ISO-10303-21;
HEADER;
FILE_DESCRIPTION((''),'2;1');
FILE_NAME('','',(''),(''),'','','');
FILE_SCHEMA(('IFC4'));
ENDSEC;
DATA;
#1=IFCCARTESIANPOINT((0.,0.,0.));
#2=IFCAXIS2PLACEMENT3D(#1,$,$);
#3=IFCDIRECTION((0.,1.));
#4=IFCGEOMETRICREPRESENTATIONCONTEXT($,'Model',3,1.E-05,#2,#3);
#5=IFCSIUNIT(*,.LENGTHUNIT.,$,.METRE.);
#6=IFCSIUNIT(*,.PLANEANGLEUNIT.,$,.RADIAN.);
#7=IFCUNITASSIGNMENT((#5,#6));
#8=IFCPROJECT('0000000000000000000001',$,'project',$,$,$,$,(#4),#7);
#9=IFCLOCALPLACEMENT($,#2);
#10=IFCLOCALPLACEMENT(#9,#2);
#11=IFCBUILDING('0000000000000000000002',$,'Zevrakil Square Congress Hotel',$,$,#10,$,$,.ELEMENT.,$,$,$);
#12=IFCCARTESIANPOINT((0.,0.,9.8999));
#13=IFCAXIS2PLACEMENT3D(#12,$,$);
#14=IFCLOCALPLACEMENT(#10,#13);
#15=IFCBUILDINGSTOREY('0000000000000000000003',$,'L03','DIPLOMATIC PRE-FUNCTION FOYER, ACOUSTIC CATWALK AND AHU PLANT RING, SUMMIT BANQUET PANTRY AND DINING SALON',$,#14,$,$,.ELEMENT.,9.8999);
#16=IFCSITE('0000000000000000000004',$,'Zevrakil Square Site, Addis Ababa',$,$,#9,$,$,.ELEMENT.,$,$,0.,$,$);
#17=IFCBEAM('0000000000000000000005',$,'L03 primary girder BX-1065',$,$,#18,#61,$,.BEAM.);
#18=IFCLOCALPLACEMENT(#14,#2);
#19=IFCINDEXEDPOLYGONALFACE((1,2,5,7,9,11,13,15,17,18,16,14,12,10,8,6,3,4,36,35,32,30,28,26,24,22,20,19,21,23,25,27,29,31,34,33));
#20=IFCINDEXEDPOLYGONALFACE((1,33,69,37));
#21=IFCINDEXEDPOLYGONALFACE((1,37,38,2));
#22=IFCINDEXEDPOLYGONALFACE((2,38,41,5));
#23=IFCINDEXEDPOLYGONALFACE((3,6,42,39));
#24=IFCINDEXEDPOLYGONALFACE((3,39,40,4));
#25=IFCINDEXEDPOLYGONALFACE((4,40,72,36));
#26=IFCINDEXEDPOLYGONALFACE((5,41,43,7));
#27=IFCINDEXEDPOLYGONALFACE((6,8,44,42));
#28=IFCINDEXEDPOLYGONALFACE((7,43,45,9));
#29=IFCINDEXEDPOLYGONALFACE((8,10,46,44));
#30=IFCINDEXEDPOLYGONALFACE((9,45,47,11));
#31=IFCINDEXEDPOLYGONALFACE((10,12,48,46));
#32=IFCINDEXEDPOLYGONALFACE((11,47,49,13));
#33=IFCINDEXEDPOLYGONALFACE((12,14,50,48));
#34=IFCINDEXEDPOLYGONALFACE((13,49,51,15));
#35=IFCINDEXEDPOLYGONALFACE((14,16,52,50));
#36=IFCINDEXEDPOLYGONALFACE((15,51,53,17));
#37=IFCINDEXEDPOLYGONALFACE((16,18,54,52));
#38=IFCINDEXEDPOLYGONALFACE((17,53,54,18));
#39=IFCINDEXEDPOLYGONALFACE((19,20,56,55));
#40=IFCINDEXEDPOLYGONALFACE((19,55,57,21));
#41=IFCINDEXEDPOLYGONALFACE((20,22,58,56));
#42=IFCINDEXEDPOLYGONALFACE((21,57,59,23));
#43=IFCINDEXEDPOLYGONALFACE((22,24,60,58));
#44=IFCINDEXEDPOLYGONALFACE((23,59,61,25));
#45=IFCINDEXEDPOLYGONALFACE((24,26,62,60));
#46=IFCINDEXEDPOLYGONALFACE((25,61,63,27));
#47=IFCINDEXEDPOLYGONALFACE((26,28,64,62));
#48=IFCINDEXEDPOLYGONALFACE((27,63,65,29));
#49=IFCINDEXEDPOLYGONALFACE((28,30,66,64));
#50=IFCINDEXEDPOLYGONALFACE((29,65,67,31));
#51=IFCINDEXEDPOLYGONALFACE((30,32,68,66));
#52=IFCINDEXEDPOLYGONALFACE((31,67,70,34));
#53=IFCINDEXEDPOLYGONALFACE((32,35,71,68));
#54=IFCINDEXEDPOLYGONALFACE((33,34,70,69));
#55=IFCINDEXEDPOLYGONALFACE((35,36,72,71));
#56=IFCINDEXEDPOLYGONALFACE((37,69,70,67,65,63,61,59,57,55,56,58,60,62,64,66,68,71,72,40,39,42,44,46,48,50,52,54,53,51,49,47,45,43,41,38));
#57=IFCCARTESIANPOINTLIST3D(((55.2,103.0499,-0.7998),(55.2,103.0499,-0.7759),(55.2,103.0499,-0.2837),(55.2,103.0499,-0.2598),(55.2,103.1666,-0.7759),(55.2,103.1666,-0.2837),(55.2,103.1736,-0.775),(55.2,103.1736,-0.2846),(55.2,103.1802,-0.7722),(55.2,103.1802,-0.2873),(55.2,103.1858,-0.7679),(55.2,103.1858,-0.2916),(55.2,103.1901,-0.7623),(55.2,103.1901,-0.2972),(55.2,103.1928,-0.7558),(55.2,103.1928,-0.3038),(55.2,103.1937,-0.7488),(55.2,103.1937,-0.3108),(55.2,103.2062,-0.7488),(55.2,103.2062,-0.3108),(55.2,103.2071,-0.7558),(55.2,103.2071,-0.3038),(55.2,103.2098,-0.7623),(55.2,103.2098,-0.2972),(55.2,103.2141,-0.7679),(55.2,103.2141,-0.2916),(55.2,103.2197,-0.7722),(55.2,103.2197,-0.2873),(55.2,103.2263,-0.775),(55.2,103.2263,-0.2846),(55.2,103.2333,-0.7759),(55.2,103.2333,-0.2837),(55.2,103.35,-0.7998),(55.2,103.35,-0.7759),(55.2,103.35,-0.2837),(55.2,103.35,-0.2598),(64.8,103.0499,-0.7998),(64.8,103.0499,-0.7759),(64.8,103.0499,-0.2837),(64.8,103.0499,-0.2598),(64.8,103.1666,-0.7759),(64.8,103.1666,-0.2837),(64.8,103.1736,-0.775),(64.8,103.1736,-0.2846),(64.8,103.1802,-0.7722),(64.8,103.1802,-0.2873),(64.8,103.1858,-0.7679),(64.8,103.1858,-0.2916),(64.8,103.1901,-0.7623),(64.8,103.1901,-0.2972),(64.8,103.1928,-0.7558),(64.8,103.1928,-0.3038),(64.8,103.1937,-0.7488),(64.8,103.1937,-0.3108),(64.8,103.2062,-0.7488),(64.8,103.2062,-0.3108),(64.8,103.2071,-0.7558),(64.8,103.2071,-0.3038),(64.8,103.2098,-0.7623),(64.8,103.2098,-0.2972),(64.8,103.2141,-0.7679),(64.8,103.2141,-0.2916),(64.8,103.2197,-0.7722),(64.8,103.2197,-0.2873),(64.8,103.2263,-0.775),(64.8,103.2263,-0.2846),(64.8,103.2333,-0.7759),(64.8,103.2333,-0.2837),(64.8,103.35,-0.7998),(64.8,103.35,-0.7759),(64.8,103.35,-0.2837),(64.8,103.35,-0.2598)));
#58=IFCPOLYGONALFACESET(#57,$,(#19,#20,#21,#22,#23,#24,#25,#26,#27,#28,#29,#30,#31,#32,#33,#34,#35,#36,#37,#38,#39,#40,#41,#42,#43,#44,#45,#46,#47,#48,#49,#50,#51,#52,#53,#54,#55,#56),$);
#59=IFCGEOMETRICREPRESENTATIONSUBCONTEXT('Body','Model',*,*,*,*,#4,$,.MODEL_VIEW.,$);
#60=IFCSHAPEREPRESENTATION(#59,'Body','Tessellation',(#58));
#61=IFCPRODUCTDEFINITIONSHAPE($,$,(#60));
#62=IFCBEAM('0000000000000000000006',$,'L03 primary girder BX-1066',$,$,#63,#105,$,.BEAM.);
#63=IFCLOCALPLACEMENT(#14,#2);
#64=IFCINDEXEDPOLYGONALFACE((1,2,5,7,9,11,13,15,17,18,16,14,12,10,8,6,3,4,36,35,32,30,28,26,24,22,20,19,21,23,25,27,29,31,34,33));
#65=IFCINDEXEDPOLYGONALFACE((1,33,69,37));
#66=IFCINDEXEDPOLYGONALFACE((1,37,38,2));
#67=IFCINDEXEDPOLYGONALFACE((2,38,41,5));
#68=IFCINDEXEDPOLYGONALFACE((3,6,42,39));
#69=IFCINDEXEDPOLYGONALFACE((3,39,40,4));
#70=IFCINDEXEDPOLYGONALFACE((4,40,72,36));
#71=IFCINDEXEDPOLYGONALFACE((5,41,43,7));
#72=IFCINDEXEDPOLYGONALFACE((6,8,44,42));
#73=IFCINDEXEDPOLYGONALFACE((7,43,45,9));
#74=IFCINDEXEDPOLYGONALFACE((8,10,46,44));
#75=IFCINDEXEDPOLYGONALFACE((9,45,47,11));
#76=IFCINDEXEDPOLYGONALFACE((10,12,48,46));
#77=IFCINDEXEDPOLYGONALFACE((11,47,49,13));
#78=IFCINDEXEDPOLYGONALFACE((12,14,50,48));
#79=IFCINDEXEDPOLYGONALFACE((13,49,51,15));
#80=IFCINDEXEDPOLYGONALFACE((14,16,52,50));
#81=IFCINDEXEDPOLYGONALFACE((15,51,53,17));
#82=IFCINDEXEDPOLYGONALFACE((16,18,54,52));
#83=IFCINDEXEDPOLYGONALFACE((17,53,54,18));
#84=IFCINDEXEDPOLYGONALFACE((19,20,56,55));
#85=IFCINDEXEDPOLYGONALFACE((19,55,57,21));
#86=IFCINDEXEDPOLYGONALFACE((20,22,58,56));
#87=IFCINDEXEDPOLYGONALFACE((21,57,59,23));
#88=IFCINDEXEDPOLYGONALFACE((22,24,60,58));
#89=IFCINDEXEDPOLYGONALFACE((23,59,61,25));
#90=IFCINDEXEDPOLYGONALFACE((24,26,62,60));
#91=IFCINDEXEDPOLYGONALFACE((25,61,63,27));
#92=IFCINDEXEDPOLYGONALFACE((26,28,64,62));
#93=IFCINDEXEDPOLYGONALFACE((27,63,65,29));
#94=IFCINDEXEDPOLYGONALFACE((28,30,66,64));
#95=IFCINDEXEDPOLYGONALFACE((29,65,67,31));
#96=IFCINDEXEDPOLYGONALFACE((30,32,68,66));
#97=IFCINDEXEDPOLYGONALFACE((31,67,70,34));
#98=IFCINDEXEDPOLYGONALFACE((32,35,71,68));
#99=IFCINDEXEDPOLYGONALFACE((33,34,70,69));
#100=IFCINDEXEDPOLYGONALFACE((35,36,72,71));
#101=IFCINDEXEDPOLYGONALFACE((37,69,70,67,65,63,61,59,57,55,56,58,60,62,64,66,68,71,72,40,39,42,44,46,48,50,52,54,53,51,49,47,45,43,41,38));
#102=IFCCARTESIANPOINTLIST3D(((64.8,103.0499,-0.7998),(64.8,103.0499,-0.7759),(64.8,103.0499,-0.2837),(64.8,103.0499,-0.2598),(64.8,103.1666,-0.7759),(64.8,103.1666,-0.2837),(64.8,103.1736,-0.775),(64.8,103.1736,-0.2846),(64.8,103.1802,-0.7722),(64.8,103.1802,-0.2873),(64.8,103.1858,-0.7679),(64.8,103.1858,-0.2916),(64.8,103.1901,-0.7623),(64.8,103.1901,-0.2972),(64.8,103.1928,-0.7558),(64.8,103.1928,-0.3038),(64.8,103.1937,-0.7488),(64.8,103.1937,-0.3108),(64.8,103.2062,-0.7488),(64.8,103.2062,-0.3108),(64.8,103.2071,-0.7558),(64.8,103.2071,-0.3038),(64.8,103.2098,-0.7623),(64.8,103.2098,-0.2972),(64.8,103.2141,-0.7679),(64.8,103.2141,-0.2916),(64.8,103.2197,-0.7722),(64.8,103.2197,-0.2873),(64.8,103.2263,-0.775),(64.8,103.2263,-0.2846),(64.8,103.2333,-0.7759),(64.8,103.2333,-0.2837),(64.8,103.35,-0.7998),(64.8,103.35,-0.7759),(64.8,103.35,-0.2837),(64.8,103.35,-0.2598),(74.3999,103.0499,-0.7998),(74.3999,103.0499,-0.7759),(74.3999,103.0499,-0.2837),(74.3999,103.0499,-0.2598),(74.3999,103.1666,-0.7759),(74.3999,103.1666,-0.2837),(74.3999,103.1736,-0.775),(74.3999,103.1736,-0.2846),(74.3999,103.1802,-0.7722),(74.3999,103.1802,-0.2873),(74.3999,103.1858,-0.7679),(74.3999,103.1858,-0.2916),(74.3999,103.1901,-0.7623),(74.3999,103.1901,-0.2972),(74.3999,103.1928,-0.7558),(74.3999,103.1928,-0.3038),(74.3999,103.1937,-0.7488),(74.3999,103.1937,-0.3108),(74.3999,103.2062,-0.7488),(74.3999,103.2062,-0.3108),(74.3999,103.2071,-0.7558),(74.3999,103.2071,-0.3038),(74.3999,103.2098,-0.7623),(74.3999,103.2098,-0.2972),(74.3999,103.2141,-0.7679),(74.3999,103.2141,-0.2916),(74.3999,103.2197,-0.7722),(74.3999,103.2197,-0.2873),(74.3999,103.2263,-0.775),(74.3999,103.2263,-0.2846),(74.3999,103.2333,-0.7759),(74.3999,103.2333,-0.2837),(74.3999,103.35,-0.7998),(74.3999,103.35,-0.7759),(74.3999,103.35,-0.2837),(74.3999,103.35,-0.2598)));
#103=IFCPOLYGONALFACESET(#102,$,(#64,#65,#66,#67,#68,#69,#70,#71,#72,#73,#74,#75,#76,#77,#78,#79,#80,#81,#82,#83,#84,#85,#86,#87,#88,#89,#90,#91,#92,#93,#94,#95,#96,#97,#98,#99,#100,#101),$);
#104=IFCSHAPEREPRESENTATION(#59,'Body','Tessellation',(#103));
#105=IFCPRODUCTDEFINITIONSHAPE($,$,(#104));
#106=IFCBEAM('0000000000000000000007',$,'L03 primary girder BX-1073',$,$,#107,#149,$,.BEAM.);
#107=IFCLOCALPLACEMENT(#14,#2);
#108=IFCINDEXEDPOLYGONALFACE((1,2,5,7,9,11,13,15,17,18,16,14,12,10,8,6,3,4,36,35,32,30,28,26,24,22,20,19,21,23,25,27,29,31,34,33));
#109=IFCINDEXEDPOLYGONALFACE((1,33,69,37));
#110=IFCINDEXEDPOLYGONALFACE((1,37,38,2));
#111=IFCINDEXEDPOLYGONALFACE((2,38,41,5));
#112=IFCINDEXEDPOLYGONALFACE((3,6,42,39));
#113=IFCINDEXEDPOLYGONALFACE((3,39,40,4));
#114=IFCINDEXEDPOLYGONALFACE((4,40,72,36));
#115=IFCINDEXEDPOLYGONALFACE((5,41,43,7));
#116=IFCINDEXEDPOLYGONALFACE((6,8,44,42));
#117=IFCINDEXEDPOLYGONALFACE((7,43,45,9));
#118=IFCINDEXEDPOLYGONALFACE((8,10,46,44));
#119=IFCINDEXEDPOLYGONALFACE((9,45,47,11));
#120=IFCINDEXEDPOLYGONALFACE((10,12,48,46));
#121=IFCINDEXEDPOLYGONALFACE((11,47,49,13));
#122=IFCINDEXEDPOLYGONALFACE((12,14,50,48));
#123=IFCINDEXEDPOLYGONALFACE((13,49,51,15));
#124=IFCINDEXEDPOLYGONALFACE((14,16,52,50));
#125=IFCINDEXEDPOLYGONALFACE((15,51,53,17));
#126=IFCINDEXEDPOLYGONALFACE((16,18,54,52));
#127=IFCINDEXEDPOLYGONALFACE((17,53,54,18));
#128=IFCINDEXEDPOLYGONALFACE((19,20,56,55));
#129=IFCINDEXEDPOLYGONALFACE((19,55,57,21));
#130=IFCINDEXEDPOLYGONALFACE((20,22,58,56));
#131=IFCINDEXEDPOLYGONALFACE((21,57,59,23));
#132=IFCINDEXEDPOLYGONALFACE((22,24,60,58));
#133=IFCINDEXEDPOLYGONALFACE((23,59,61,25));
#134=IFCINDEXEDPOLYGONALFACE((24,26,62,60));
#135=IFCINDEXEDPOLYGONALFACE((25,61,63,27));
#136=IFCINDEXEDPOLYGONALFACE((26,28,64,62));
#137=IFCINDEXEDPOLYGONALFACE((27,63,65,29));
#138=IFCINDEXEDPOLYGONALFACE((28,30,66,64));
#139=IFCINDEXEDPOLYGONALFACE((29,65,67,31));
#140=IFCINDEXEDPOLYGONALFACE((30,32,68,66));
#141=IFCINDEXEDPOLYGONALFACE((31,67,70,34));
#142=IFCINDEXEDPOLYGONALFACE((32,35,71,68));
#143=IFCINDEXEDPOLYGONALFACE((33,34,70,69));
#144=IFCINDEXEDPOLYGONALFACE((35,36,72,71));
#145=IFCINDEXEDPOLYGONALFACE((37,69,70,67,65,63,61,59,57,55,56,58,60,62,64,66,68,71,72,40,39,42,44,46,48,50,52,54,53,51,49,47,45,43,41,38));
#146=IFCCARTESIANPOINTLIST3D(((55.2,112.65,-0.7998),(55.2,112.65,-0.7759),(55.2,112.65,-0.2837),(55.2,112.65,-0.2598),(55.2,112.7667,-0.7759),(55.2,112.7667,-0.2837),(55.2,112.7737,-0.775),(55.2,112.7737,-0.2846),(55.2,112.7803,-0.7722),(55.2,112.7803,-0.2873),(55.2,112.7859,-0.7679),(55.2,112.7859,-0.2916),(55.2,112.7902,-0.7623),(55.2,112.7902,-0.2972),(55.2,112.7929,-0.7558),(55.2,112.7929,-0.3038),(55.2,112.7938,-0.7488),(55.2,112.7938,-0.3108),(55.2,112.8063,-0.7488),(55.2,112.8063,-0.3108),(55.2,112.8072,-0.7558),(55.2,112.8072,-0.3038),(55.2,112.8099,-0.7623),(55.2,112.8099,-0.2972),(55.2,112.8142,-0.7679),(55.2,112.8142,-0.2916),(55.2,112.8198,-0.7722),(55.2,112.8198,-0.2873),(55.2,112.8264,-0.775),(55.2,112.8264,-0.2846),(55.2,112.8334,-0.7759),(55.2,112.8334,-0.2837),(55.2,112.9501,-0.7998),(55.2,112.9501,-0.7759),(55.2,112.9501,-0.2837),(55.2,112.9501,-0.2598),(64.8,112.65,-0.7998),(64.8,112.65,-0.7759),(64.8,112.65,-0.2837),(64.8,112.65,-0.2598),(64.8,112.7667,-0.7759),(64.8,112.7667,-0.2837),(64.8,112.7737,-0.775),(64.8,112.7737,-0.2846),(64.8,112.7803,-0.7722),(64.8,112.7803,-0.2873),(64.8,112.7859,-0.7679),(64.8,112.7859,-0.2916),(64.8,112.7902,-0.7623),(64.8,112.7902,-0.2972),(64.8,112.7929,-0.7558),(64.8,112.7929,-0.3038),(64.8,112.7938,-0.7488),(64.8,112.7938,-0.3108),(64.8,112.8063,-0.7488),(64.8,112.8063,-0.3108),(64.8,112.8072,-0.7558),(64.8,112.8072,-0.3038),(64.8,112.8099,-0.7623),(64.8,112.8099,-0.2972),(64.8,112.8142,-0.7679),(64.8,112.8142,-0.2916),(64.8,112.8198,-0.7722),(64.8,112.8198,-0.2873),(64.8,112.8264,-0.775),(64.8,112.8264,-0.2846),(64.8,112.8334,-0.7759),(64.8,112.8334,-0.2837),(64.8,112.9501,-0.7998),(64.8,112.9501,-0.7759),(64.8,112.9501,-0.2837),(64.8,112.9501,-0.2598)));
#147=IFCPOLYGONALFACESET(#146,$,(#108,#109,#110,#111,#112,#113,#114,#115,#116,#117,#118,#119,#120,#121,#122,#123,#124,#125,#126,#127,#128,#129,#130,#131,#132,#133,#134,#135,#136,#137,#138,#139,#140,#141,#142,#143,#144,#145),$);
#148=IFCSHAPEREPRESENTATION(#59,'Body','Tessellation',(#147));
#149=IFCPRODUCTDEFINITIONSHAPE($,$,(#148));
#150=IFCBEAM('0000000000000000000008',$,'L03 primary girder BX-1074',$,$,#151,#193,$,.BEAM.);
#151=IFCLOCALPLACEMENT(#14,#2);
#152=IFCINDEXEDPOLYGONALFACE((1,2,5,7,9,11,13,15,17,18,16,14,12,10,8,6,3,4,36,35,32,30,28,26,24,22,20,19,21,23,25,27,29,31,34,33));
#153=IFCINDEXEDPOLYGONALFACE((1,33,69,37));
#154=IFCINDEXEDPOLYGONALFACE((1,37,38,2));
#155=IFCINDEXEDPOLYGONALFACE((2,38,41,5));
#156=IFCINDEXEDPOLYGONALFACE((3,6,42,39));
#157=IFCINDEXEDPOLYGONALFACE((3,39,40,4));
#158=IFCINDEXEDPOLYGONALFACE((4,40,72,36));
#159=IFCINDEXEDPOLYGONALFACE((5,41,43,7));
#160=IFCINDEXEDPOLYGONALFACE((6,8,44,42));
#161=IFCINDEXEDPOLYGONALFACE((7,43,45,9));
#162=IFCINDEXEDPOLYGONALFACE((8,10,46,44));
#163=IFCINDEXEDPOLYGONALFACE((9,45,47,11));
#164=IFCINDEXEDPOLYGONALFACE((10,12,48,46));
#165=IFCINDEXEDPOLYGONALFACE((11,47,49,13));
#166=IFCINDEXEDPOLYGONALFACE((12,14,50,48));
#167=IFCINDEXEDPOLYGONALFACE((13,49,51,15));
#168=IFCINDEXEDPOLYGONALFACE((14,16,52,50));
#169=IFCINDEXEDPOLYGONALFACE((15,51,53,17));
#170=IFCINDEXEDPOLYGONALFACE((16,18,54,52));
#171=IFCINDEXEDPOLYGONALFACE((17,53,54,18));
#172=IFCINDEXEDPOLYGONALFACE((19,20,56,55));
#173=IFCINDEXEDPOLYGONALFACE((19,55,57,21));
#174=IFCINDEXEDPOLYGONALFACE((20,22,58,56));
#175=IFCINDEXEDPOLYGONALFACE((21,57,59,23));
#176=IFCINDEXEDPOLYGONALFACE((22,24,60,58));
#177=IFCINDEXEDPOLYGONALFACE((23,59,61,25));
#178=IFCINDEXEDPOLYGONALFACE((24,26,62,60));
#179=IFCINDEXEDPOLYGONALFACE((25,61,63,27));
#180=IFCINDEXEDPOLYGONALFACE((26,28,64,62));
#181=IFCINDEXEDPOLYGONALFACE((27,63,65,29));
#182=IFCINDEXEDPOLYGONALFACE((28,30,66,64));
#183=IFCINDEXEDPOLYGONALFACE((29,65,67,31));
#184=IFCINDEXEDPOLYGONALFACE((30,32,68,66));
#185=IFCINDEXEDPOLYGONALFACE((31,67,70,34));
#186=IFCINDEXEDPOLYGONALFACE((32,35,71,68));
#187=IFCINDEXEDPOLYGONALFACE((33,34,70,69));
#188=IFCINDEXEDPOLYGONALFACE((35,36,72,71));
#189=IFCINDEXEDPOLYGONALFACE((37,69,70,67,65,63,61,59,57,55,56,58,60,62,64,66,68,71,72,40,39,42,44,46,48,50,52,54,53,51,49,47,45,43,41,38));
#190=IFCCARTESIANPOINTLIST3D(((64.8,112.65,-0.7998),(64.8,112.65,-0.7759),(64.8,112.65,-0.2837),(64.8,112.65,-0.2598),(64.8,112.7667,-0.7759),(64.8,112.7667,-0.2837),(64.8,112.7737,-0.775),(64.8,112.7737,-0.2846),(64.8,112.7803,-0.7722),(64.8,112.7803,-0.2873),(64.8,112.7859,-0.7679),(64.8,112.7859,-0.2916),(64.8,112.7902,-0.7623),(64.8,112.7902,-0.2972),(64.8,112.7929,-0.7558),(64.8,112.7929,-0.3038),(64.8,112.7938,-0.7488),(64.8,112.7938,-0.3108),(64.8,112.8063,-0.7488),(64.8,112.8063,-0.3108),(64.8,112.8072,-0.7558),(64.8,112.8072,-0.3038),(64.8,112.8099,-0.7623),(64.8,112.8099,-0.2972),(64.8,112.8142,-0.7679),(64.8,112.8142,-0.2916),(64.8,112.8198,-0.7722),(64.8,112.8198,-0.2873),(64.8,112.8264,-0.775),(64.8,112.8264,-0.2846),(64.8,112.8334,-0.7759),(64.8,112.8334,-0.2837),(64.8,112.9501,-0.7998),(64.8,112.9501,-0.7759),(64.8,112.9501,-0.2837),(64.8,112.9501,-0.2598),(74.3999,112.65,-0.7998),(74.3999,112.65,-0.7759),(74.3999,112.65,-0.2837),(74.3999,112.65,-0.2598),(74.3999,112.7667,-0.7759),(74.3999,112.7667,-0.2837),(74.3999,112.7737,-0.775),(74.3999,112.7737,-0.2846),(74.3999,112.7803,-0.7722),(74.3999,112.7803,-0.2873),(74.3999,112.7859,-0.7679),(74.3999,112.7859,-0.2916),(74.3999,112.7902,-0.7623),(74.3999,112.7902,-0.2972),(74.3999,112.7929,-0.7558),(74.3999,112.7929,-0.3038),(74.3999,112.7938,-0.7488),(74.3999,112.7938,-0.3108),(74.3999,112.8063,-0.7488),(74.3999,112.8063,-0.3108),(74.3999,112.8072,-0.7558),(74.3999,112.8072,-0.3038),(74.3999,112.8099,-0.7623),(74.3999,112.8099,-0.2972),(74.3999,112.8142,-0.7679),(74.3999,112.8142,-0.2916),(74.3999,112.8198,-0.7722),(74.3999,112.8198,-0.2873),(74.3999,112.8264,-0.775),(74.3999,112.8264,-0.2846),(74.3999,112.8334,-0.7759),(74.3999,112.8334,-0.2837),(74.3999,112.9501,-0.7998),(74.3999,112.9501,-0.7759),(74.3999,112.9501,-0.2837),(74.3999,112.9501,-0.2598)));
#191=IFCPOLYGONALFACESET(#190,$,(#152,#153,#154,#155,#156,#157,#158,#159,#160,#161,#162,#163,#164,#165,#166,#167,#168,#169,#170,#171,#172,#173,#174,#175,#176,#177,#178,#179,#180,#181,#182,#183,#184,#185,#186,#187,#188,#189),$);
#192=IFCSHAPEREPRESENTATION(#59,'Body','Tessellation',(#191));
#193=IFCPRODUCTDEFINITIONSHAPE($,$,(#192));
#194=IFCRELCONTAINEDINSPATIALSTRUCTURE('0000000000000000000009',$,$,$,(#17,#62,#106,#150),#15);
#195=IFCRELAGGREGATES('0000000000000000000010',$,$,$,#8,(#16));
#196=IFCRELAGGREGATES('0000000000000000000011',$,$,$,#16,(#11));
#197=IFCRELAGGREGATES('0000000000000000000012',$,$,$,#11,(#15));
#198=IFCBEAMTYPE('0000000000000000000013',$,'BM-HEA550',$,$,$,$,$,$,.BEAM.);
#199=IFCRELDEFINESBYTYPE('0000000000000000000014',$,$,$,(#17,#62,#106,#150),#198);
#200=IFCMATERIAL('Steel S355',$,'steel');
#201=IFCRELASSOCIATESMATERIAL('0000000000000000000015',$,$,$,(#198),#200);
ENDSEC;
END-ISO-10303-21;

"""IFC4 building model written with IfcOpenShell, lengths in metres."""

from ifc_helpers import new_model, si_unit, direction, frame, origin, origin_2d, place, context, subcontext, project, spatial, i_section, extrude, material, material_profile, profile_set, type_object, element, save


model = new_model("IFC4")

# Units and contexts
model_context = context("Model", 3, precision=1e-05, world=origin(), true_north=direction((0.0, 1.0)))
body_context = subcontext(model_context, "Body", "Model", "MODEL_VIEW")
ifc_project = project(units=[si_unit("LENGTHUNIT", "METRE"), si_unit("PLANEANGLEUNIT", "RADIAN")], contexts=[model_context])

# Site, building, storey
site_placement = place(None, origin())
site = spatial("IfcSite", under=ifc_project, at=site_placement, Name="Zevrakil Square Site, Addis Ababa", CompositionType="ELEMENT", RefElevation=0.0)
building_placement = place(site_placement, origin())
building = spatial("IfcBuilding", under=site, at=building_placement, Name="Zevrakil Square Congress Hotel", CompositionType="ELEMENT")
storey_placement = place(building_placement, frame((0.0, 0.0, 9.8999)))
storey = spatial("IfcBuildingStorey", under=building, at=storey_placement, Name="L03", Description="DIPLOMATIC PRE-FUNCTION FOYER, ACOUSTIC CATWALK AND AHU PLANT RING, SUMMIT BANQUET PANTRY AND DINING SALON", CompositionType="ELEMENT", Elevation=9.8999)

# Beams
ifc_material_1 = material(Name="Steel S355", Category="steel")
ifc_material_profile_1 = material_profile(ifc_material_1, i_section(OverallWidth=0.3, OverallDepth=0.54, WebThickness=0.0125, FlangeThickness=0.0239, FilletRadius=0.0271, at=origin_2d()), Name="HEA 550")
ifc_profile_set_1 = profile_set([ifc_material_profile_1], Name="Steel S355")
beam_type_1 = type_object("IfcBeamType", Name="BM-HEA550", PredefinedType="BEAM", material=ifc_profile_set_1)
beam_1_placement = place(storey_placement, frame((55.2, 103.2, -0.5298), z_axis=(1.0, 0.0, 0.0), x_axis=(0.0, 1.0, 0.0)))
element("IfcBeam", 1, at=beam_1_placement, inside=storey, type_object=beam_type_1, Name="L03 primary girder BX-1065", PredefinedType="BEAM", context=body_context, shape_type="SweptSolid", body=[
    extrude(i_section(OverallWidth=0.3, OverallDepth=0.54, WebThickness=0.0125, FlangeThickness=0.0239, FilletRadius=0.0271, at=origin_2d()), origin(), (0.0, 0.0, 1.0), 9.6001),
])
beam_2_placement = place(storey_placement, frame((64.8, 103.2, -0.5298), z_axis=(1.0, 0.0, 0.0), x_axis=(0.0, 1.0, 0.0)))
element("IfcBeam", 2, at=beam_2_placement, inside=storey, type_object=beam_type_1, Name="L03 primary girder BX-1066", PredefinedType="BEAM", context=body_context, shape_type="SweptSolid", body=[
    extrude(i_section(OverallWidth=0.3, OverallDepth=0.54, WebThickness=0.0125, FlangeThickness=0.0239, FilletRadius=0.0271, at=origin_2d()), origin(), (0.0, 0.0, 1.0), 9.5999),
])
beam_3_placement = place(storey_placement, frame((55.2, 112.8, -0.5298), z_axis=(1.0, 0.0, 0.0), x_axis=(0.0, 1.0, 0.0)))
element("IfcBeam", 3, at=beam_3_placement, inside=storey, type_object=beam_type_1, Name="L03 primary girder BX-1073", PredefinedType="BEAM", context=body_context, shape_type="SweptSolid", body=[
    extrude(i_section(OverallWidth=0.3, OverallDepth=0.54, WebThickness=0.0125, FlangeThickness=0.0239, FilletRadius=0.0271, at=origin_2d()), origin(), (0.0, 0.0, 1.0), 9.6001),
])
beam_4_placement = place(storey_placement, frame((64.8, 112.8, -0.5298), z_axis=(1.0, 0.0, 0.0), x_axis=(0.0, 1.0, 0.0)))
element("IfcBeam", 4, at=beam_4_placement, inside=storey, type_object=beam_type_1, Name="L03 primary girder BX-1074", PredefinedType="BEAM", context=body_context, shape_type="SweptSolid", body=[
    extrude(i_section(OverallWidth=0.3, OverallDepth=0.54, WebThickness=0.0125, FlangeThickness=0.0239, FilletRadius=0.0271, at=origin_2d()), origin(), (0.0, 0.0, 1.0), 9.5999),
])

save(model, "model.ifc")
